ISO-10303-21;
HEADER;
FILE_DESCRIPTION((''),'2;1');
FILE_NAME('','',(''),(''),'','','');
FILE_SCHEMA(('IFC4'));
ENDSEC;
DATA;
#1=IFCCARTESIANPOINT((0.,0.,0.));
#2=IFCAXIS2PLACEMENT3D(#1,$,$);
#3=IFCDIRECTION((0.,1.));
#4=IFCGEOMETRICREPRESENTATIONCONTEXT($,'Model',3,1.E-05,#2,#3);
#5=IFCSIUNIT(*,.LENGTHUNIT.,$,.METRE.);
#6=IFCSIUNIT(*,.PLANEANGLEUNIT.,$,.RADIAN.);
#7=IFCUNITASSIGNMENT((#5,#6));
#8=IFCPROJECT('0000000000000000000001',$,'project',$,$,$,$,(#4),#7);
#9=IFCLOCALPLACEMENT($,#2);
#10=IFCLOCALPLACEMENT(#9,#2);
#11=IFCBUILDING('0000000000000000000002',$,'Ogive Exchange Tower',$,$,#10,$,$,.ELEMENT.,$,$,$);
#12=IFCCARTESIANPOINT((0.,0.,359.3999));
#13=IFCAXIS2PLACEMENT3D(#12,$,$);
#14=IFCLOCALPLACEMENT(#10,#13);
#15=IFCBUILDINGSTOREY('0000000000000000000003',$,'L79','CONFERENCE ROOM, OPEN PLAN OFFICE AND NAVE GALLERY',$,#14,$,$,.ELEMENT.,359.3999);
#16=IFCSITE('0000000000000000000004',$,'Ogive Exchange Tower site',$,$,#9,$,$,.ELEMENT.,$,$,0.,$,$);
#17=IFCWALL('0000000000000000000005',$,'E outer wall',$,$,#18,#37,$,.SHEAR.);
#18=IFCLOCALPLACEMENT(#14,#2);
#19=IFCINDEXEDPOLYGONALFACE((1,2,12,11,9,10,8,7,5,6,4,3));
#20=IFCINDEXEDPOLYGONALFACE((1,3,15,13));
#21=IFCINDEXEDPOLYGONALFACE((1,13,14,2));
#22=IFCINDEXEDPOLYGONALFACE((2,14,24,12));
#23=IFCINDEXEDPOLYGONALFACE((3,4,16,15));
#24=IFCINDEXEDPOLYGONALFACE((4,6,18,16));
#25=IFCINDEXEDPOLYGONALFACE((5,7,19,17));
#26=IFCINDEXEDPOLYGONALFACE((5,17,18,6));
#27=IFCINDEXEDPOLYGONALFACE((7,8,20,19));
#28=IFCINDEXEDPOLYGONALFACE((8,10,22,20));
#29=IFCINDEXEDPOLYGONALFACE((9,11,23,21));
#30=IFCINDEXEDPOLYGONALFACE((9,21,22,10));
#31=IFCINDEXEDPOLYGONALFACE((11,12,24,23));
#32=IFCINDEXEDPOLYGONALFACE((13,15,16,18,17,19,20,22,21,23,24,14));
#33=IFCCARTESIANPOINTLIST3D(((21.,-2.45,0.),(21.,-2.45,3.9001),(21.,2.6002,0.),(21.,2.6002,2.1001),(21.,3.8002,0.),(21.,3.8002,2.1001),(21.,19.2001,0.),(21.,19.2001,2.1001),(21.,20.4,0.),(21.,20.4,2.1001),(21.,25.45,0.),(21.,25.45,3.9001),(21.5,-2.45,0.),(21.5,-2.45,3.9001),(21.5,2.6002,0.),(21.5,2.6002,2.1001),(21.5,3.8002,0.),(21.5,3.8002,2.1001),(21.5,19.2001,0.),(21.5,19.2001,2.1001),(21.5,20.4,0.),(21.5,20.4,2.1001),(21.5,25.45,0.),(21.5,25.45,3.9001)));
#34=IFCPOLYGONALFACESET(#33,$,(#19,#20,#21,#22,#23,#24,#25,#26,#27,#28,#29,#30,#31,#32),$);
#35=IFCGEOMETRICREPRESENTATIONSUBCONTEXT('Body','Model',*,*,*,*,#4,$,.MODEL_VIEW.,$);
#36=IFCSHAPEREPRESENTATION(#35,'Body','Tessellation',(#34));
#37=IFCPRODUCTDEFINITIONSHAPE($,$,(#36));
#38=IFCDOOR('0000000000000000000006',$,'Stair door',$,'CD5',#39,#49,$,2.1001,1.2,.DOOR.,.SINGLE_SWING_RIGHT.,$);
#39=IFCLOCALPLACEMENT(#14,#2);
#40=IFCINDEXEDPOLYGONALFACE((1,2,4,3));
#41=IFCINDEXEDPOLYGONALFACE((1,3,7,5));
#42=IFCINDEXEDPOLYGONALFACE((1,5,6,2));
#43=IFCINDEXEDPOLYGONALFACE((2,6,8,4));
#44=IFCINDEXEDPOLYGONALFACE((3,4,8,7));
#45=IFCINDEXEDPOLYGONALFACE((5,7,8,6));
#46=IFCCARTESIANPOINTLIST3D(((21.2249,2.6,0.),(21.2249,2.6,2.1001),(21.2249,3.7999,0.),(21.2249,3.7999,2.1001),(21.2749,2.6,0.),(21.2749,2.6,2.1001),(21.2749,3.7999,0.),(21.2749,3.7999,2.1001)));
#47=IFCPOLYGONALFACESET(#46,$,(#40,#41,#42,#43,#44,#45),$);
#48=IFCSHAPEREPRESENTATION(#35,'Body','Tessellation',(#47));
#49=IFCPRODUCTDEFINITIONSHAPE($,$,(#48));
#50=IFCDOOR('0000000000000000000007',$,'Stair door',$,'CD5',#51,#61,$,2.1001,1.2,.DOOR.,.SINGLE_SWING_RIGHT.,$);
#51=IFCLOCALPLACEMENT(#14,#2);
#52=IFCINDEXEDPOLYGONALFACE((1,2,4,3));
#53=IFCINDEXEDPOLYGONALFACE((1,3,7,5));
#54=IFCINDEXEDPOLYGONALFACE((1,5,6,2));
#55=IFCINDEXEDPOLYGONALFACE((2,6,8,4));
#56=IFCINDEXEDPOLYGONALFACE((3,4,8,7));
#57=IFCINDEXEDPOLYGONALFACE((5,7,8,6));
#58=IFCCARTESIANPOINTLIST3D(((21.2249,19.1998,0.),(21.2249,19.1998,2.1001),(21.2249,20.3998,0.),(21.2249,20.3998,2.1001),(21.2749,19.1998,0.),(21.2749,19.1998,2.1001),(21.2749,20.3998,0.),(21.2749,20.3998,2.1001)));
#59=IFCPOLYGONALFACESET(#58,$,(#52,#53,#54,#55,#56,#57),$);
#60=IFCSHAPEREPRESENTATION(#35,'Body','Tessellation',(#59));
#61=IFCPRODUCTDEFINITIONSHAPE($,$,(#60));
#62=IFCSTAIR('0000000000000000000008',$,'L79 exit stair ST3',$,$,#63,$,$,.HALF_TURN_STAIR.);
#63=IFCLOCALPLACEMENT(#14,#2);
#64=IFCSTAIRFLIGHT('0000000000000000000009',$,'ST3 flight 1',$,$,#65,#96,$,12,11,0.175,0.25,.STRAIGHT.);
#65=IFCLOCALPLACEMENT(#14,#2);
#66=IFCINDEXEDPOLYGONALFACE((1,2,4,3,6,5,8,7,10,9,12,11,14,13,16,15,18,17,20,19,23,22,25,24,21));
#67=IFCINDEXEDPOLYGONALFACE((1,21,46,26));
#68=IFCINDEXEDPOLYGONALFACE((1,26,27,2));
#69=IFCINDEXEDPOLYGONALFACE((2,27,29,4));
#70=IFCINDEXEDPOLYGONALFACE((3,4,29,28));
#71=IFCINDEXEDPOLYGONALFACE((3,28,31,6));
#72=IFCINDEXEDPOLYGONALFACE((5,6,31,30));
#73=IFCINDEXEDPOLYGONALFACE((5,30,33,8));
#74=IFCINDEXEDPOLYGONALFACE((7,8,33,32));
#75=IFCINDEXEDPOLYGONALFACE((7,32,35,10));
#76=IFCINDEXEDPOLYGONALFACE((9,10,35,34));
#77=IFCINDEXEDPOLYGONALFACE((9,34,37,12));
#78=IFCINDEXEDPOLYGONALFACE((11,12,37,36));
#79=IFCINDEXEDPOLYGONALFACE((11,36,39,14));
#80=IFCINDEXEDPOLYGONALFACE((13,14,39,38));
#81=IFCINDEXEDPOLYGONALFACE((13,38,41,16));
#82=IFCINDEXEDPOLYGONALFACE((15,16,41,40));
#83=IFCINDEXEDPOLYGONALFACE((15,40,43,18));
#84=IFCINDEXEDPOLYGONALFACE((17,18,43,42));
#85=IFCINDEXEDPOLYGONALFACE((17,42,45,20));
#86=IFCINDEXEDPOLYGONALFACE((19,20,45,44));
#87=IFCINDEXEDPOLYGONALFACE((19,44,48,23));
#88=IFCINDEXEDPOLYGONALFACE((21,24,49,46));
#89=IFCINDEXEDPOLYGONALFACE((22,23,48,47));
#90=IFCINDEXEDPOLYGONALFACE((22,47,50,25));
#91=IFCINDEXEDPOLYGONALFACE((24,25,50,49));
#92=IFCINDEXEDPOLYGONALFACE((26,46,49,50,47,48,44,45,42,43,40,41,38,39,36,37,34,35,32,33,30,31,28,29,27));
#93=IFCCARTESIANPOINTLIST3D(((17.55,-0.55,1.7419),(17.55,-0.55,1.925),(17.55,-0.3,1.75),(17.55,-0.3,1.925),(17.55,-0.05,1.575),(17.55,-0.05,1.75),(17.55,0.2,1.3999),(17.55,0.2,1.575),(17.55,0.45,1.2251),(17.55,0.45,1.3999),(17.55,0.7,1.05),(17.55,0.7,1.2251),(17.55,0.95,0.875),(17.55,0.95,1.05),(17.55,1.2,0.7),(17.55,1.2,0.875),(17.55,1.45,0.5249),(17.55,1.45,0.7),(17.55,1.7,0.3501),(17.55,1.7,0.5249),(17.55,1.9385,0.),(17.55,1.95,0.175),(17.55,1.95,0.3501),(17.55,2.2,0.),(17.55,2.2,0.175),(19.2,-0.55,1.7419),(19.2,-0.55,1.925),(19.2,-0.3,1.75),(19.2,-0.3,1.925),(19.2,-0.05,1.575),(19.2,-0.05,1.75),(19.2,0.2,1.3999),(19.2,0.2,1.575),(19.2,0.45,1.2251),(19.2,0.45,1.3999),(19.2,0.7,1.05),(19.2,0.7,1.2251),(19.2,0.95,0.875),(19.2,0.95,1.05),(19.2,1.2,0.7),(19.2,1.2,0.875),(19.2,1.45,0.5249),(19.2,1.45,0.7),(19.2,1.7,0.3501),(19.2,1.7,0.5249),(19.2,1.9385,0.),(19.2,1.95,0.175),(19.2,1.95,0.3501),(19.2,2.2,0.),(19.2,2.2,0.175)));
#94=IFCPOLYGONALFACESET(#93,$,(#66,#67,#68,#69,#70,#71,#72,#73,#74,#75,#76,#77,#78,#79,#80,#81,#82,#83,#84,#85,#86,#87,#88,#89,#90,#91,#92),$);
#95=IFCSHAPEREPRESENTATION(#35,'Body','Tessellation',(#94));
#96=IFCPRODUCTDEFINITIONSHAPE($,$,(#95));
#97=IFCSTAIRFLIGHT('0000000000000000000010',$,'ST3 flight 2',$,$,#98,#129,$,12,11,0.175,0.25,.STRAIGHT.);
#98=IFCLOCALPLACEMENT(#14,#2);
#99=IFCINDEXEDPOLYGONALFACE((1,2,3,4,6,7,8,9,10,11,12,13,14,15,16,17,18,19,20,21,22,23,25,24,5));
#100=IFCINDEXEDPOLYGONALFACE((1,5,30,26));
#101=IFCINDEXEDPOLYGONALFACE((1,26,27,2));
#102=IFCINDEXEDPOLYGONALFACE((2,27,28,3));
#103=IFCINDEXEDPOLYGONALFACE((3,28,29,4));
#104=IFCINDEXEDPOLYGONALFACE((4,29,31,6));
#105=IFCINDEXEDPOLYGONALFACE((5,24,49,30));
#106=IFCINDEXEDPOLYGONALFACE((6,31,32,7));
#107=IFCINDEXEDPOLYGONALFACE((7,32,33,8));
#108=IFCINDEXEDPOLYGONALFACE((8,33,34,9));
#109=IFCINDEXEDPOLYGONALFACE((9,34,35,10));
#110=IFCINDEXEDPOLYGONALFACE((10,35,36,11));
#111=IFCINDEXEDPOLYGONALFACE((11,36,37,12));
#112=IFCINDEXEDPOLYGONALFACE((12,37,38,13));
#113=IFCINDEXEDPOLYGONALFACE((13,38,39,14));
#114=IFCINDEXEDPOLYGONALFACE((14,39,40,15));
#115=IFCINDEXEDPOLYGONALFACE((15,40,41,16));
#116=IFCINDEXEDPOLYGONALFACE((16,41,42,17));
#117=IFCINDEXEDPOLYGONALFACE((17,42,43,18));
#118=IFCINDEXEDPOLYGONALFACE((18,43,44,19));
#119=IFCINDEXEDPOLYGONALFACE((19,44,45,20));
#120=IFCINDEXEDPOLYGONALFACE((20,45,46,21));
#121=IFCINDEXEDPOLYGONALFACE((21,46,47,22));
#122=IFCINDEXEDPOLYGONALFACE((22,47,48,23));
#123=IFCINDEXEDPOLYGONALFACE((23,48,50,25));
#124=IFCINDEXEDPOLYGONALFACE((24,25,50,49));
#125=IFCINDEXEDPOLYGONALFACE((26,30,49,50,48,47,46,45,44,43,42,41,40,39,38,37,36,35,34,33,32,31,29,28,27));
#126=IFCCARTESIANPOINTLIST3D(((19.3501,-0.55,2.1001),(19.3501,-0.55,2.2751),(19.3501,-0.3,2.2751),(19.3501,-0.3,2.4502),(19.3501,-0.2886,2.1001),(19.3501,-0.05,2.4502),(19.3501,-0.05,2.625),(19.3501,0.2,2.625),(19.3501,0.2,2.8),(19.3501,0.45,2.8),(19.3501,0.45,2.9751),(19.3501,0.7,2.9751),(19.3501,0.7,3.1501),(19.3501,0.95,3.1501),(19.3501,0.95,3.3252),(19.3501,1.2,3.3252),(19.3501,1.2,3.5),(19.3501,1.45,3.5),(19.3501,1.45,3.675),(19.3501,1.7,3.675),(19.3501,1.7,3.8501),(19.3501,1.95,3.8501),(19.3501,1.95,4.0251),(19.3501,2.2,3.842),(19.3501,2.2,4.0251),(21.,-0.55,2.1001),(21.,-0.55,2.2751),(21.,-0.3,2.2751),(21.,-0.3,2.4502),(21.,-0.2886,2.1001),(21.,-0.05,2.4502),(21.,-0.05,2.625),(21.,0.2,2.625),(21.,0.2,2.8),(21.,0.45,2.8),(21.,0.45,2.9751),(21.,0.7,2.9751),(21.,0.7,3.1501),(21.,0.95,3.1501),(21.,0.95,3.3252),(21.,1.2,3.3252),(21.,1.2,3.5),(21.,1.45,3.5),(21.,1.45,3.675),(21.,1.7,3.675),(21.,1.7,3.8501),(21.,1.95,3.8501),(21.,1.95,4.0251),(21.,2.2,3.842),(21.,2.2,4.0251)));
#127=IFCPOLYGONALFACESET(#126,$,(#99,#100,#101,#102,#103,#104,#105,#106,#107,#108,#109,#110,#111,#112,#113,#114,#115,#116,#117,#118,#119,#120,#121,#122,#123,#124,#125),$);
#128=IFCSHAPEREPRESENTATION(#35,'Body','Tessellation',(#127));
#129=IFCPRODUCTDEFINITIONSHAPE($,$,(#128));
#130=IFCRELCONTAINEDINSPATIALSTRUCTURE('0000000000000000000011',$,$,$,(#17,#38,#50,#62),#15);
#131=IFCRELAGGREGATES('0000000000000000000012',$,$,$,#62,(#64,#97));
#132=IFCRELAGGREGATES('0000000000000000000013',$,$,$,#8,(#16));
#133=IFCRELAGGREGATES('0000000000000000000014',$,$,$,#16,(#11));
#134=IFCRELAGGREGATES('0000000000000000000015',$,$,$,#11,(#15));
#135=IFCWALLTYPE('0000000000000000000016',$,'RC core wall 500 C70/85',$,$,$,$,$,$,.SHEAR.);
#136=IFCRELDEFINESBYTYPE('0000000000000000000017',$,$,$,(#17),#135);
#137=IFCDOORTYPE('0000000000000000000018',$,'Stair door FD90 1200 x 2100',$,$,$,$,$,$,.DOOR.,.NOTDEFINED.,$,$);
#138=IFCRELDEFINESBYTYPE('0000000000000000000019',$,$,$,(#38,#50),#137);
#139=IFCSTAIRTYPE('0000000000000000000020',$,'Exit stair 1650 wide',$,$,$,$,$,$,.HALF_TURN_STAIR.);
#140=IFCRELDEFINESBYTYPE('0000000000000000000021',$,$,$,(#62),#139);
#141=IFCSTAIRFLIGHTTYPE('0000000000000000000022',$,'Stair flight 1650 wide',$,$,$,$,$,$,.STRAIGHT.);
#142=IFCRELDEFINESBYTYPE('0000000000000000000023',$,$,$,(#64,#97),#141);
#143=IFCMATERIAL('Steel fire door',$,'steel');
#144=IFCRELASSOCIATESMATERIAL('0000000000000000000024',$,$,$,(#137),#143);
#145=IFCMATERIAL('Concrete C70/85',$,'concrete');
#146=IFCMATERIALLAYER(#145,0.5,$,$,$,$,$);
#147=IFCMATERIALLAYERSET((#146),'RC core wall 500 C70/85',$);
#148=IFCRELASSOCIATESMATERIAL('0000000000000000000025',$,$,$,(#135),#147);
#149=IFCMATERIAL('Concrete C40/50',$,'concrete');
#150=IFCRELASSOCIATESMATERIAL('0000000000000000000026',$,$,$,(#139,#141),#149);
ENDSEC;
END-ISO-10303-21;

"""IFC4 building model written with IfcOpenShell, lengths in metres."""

from ifc_helpers import new_model, si_unit, direction, frame, frame_2d, origin, place, context, subcontext, project, spatial, polyline, rectangle, outline, extrude, material, layer, layer_set, type_object, element, fill, aggregate, save


model = new_model("IFC4")

# Units and contexts
model_context = context("Model", 3, precision=1e-05, world=origin(), true_north=direction((0.0, 1.0)))
body_context = subcontext(model_context, "Body", "Model", "MODEL_VIEW")
ifc_project = project(units=[si_unit("LENGTHUNIT", "METRE"), si_unit("PLANEANGLEUNIT", "RADIAN")], contexts=[model_context])

# Site, building, storey
site_placement = place(None, origin())
site = spatial("IfcSite", under=ifc_project, at=site_placement, Name="Ogive Exchange Tower site", CompositionType="ELEMENT", RefElevation=0.0)
building_placement = place(site_placement, origin())
building = spatial("IfcBuilding", under=site, at=building_placement, Name="Ogive Exchange Tower", CompositionType="ELEMENT")
storey_placement = place(building_placement, frame((0.0, 0.0, 359.3999)))
storey = spatial("IfcBuildingStorey", under=building, at=storey_placement, Name="L79", Description="CONFERENCE ROOM, OPEN PLAN OFFICE AND NAVE GALLERY", CompositionType="ELEMENT", Elevation=359.3999)

# Shared definitions
ifc_material_1 = material(Name="Concrete C70/85", Category="concrete")
ifc_material_2 = material(Name="Steel fire door", Category="steel")
door_type_1 = type_object("IfcDoorType", Name="Stair door FD90 1200 x 2100", OperationType="NOTDEFINED", PredefinedType="DOOR", material=ifc_material_2)

# Wall, openings, doors
ifc_layer_1 = layer(ifc_material_1, 0.5)
ifc_layer_set_1 = layer_set([ifc_layer_1], Name="RC core wall 500 C70/85")
wall_type_1 = type_object("IfcWallType", Name="RC core wall 500 C70/85", PredefinedType="SHEAR", material=ifc_layer_set_1)
wall_1_placement = place(storey_placement, frame((21.25, -2.45, 0.0), z_axis=(0.0, 0.0, 1.0), x_axis=(0.0, 1.0, 0.0)))
wall_1 = element("IfcWall", 1, at=wall_1_placement, inside=storey, type_object=wall_type_1, Name="E outer wall", PredefinedType="SHEAR", context=body_context, shape_type="SweptSolid", body=[
    extrude(rectangle(XDim=27.8999, YDim=0.5, at=frame_2d((13.95, 0.0))), origin(), (0.0, 0.0, 1.0), 3.9001),
])
opening_1_placement = place(wall_1_placement, frame((5.05, 0.0, 0.0)))
opening_1 = element("IfcOpeningElement", 2, at=opening_1_placement, cuts=wall_1, PredefinedType="OPENING", context=body_context, shape_type="SweptSolid", body=[
    extrude(rectangle(XDim=1.2, YDim=2.1001, at=frame_2d((0.6001, 1.05))), frame((0.0, 0.26, 0.0), z_axis=(0.0, -1.0, 0.0), x_axis=(1.0, 0.0, 0.0)), (0.0, 0.0, 1.0), 0.52),
])
opening_2_placement = place(wall_1_placement, frame((21.6499, 0.0, 0.0)))
opening_2 = element("IfcOpeningElement", 3, at=opening_2_placement, cuts=wall_1, PredefinedType="OPENING", context=body_context, shape_type="SweptSolid", body=[
    extrude(rectangle(XDim=1.2, YDim=2.1001, at=frame_2d((0.6001, 1.05))), frame((0.0, 0.26, 0.0), z_axis=(0.0, -1.0, 0.0), x_axis=(1.0, 0.0, 0.0)), (0.0, 0.0, 1.0), 0.52),
])
door_1_placement = place(opening_1_placement, frame((1.2, 0.0, 0.0), z_axis=(0.0, 0.0, 1.0), x_axis=(-1.0, 0.0, 0.0)))
door_1 = element("IfcDoor", 4, at=door_1_placement, inside=storey, type_object=door_type_1, Name="Stair door", ObjectType="CD5", OperationType="SINGLE_SWING_RIGHT", OverallHeight=2.1001, OverallWidth=1.2, PredefinedType="DOOR", context=body_context, shape_type="SweptSolid", body=[
    extrude(rectangle(XDim=1.2, YDim=2.1001, at=frame_2d((0.6001, 1.05))), frame((0.0, 0.0249, 0.0), z_axis=(0.0, -1.0, 0.0), x_axis=(1.0, 0.0, 0.0)), (0.0, 0.0, 1.0), 0.05),
])
fill(opening_1, door_1)
door_2_placement = place(opening_2_placement, frame((1.2, 0.0, 0.0), z_axis=(0.0, 0.0, 1.0), x_axis=(-1.0, 0.0, 0.0)))
door_2 = element("IfcDoor", 5, at=door_2_placement, inside=storey, type_object=door_type_1, Name="Stair door", ObjectType="CD5", OperationType="SINGLE_SWING_RIGHT", OverallHeight=2.1001, OverallWidth=1.2, PredefinedType="DOOR", context=body_context, shape_type="SweptSolid", body=[
    extrude(rectangle(XDim=1.2, YDim=2.1001, at=frame_2d((0.6001, 1.05))), frame((0.0, 0.0249, 0.0), z_axis=(0.0, -1.0, 0.0), x_axis=(1.0, 0.0, 0.0)), (0.0, 0.0, 1.0), 0.05),
])
fill(opening_2, door_2)

# Stair, stair flights
ifc_material_3 = material(Name="Concrete C40/50", Category="concrete")
stair_type = type_object("IfcStairType", Name="Exit stair 1650 wide", PredefinedType="HALF_TURN_STAIR", material=ifc_material_3)
stair_placement = place(storey_placement, origin())
stair = element("IfcStair", 6, at=stair_placement, inside=storey, type_object=stair_type, Name="L79 exit stair ST3", PredefinedType="HALF_TURN_STAIR")
stair_flight_type = type_object("IfcStairFlightType", Name="Stair flight 1650 wide", PredefinedType="STRAIGHT", material=ifc_material_3)
stair_flight_1_placement = place(storey_placement, frame((18.375, 2.2, 0.0), z_axis=(0.0, 0.0, 1.0), x_axis=(0.0, -1.0, 0.0)))
stair_flight_1 = element("IfcStairFlight", 7, at=stair_flight_1_placement, type_object=stair_flight_type, Name="ST3 flight 1", NumberOfRisers=12, NumberOfTreads=11, PredefinedType="STRAIGHT", RiserHeight=0.175, TreadLength=0.25, context=body_context, shape_type="SweptSolid", body=[
    extrude(outline(polyline([(0.0, 0.0), (0.0, 0.175), (0.25, 0.175), (0.25, 0.3501), (0.5, 0.3501), (0.5, 0.5249), (0.75, 0.5249), (0.75, 0.7), (1.0, 0.7), (1.0, 0.875), (1.25, 0.875), (1.25, 1.05), (1.5, 1.05), (1.5, 1.2251), (1.75, 1.2251), (1.75, 1.3999), (2.0, 1.3999), (2.0, 1.575), (2.25, 1.575), (2.25, 1.75), (2.5, 1.75), (2.5, 1.925), (2.75, 1.925), (2.75, 2.1001), (2.75, 1.7419), (0.2615, 0.0), (0.0, 0.0)])), frame((0.0, 0.825, 0.0), z_axis=(0.0, -1.0, 0.0), x_axis=(1.0, 0.0, 0.0)), (0.0, 0.0, 1.0), 1.6499),
])
stair_flight_2_placement = place(storey_placement, frame((20.175, -0.55, 2.1001), z_axis=(0.0, 0.0, 1.0), x_axis=(0.0, 1.0, 0.0)))
stair_flight_2 = element("IfcStairFlight", 8, at=stair_flight_2_placement, type_object=stair_flight_type, Name="ST3 flight 2", NumberOfRisers=12, NumberOfTreads=11, PredefinedType="STRAIGHT", RiserHeight=0.175, TreadLength=0.25, context=body_context, shape_type="SweptSolid", body=[
    extrude(outline(polyline([(0.0, 0.0), (0.0, 0.175), (0.25, 0.175), (0.25, 0.3501), (0.5, 0.3501), (0.5, 0.5249), (0.75, 0.5249), (0.75, 0.7), (1.0, 0.7), (1.0, 0.875), (1.25, 0.875), (1.25, 1.05), (1.5, 1.05), (1.5, 1.2251), (1.75, 1.2251), (1.75, 1.3999), (2.0, 1.3999), (2.0, 1.575), (2.25, 1.575), (2.25, 1.75), (2.5, 1.75), (2.5, 1.925), (2.75, 1.925), (2.75, 2.1001), (2.75, 1.7419), (0.2615, 0.0), (0.0, 0.0)])), frame((0.0, 0.825, 0.0), z_axis=(0.0, -1.0, 0.0), x_axis=(1.0, 0.0, 0.0)), (0.0, 0.0, 1.0), 1.6499),
])
aggregate(stair, [stair_flight_1, stair_flight_2])

save(model, "model.ifc")
